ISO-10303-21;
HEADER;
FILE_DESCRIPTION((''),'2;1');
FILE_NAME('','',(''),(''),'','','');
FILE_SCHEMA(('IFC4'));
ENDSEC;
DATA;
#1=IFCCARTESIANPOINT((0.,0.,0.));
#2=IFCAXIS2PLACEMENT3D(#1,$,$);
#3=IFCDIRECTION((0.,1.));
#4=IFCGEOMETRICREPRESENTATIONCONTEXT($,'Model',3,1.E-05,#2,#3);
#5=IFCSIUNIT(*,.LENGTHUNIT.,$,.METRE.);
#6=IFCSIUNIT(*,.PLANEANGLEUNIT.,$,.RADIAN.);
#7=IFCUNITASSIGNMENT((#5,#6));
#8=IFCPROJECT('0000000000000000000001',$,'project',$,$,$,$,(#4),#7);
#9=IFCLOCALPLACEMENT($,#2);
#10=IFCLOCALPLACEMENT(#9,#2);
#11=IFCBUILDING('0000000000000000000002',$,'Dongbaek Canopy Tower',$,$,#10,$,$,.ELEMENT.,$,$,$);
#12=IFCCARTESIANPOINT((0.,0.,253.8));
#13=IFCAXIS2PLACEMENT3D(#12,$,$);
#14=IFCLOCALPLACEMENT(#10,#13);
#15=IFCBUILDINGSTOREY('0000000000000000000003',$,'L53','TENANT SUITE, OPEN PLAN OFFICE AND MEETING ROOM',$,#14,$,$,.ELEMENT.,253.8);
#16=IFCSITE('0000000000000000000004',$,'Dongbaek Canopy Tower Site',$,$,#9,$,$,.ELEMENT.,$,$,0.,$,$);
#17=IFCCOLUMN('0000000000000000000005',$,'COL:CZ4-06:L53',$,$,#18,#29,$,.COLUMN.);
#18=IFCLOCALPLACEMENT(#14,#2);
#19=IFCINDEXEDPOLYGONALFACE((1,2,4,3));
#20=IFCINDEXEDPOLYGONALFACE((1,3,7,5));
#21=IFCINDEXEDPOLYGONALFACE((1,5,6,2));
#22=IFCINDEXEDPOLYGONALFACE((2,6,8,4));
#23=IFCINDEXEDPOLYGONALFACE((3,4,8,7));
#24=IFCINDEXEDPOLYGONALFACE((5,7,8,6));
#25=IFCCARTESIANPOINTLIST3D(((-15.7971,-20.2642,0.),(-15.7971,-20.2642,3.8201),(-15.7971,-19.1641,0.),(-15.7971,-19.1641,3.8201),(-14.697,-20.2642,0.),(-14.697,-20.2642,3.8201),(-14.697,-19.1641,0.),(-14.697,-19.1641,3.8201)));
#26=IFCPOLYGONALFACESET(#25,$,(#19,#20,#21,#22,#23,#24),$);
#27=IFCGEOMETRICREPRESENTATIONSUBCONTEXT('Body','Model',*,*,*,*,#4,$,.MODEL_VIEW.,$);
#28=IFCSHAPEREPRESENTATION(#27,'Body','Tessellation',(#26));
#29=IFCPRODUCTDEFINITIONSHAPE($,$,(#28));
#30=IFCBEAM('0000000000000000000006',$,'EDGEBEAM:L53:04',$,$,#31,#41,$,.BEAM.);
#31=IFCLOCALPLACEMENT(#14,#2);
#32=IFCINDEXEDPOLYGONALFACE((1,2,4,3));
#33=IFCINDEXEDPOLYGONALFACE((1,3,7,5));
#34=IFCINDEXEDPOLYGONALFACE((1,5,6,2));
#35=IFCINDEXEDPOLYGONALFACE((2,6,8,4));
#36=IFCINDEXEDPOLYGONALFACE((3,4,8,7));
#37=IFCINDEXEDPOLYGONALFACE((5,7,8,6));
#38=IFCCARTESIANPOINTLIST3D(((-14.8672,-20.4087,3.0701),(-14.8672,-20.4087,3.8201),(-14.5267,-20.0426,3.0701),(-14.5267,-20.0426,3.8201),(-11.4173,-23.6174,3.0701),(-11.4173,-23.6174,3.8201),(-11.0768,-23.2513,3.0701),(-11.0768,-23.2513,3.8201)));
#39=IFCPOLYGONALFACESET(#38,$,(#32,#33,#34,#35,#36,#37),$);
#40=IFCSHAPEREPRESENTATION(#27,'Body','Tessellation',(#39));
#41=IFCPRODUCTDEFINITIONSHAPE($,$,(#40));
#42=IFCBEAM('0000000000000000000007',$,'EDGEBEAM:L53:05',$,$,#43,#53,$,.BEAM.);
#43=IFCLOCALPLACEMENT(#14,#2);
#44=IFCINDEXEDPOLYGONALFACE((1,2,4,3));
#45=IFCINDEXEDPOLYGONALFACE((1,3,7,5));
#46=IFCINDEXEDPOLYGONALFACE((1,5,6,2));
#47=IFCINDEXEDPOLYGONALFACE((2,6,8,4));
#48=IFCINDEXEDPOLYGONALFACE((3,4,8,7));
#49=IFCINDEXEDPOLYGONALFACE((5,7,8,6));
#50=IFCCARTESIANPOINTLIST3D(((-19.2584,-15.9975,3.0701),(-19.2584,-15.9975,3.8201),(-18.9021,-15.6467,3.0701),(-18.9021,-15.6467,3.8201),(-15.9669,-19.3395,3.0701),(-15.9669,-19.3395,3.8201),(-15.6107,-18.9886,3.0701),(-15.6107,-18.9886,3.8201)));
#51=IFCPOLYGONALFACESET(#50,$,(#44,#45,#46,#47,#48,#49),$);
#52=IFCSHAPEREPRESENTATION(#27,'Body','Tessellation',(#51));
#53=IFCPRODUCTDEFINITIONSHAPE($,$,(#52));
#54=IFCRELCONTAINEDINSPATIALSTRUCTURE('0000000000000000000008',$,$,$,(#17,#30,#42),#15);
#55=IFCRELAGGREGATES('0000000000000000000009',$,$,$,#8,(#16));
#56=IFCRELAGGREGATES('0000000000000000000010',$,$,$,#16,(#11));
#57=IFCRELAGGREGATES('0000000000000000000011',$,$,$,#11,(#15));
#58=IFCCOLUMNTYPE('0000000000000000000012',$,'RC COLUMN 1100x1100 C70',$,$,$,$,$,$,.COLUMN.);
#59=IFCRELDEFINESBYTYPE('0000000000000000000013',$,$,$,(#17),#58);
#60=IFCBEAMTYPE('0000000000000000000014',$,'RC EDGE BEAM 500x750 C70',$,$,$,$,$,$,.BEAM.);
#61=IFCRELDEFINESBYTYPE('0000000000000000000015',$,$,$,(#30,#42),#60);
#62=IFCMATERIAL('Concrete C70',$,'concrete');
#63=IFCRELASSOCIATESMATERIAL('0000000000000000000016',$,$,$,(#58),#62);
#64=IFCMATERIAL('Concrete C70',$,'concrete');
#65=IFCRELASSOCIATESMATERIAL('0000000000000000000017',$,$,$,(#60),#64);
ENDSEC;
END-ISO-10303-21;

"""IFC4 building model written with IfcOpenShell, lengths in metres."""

from ifc_helpers import new_model, si_unit, direction, frame, origin, origin_2d, place, context, subcontext, project, spatial, rectangle, extrude, material, material_profile, profile_set, type_object, element, save


model = new_model("IFC4")

# Units and contexts
model_context = context("Model", 3, precision=1e-05, world=origin(), true_north=direction((0.0, 1.0)))
body_context = subcontext(model_context, "Body", "Model", "MODEL_VIEW")
ifc_project = project(units=[si_unit("LENGTHUNIT", "METRE"), si_unit("PLANEANGLEUNIT", "RADIAN")], contexts=[model_context])

# Site, building, storey
site_placement = place(None, origin())
site = spatial("IfcSite", under=ifc_project, at=site_placement, Name="Dongbaek Canopy Tower Site", CompositionType="ELEMENT", RefElevation=0.0)
building_placement = place(site_placement, origin())
building = spatial("IfcBuilding", under=site, at=building_placement, Name="Dongbaek Canopy Tower", CompositionType="ELEMENT")
storey_placement = place(building_placement, frame((0.0, 0.0, 253.8)))
storey = spatial("IfcBuildingStorey", under=building, at=storey_placement, Name="L53", Description="TENANT SUITE, OPEN PLAN OFFICE AND MEETING ROOM", CompositionType="ELEMENT", Elevation=253.8)

# Column
ifc_material_1 = material(Name="Concrete C70", Category="concrete")
ifc_material_profile_1 = material_profile(ifc_material_1, rectangle(XDim=1.1001, YDim=1.1001, at=origin_2d()), Name="RC COLUMN 1100x1100 C70")
ifc_profile_set_1 = profile_set([ifc_material_profile_1], Name="Concrete C70")
column_type = type_object("IfcColumnType", Name="RC COLUMN 1100x1100 C70", PredefinedType="COLUMN", material=ifc_profile_set_1)
column_placement = place(storey_placement, frame((-15.2471, -19.7141, 0.0), z_axis=(0.0, 0.0, 1.0), x_axis=(1.0, 0.0, 0.0)))
element("IfcColumn", 1, at=column_placement, inside=storey, type_object=column_type, Name="COL:CZ4-06:L53", PredefinedType="COLUMN", context=body_context, shape_type="SweptSolid", body=[
    extrude(rectangle(XDim=1.1001, YDim=1.1001, at=origin_2d()), origin(), (0.0, 0.0, 1.0), 3.8201),
])

# Beams
ifc_material_2 = material(Name="Concrete C70", Category="concrete")
ifc_material_profile_2 = material_profile(ifc_material_2, rectangle(XDim=0.5, YDim=0.75, at=origin_2d()), Name="RC EDGE BEAM 500x750 C70")
ifc_profile_set_2 = profile_set([ifc_material_profile_2], Name="Concrete C70")
beam_type = type_object("IfcBeamType", Name="RC EDGE BEAM 500x750 C70", PredefinedType="BEAM", material=ifc_profile_set_2)
beam_1_placement = place(storey_placement, frame((-11.2471, -23.4343, 3.4451), z_axis=(-0.732241, 0.681045, 0.0), x_axis=(-0.681045, -0.732241, 0.0)))
element("IfcBeam", 2, at=beam_1_placement, inside=storey, type_object=beam_type, Name="EDGEBEAM:L53:04", PredefinedType="BEAM", context=body_context, shape_type="SweptSolid", body=[
    extrude(rectangle(XDim=0.5, YDim=0.75, at=origin_2d()), origin(), (0.0, 0.0, 1.0), 4.7114),
])
beam_2_placement = place(storey_placement, frame((-15.7888, -19.1641, 3.4451), z_axis=(-0.701699, 0.712473, 0.0), x_axis=(-0.712473, -0.701699, 0.0)))
element("IfcBeam", 3, at=beam_2_placement, inside=storey, type_object=beam_type, Name="EDGEBEAM:L53:05", PredefinedType="BEAM", context=body_context, shape_type="SweptSolid", body=[
    extrude(rectangle(XDim=0.5, YDim=0.75, at=origin_2d()), origin(), (0.0, 0.0, 1.0), 4.6907),
])

save(model, "model.ifc")
